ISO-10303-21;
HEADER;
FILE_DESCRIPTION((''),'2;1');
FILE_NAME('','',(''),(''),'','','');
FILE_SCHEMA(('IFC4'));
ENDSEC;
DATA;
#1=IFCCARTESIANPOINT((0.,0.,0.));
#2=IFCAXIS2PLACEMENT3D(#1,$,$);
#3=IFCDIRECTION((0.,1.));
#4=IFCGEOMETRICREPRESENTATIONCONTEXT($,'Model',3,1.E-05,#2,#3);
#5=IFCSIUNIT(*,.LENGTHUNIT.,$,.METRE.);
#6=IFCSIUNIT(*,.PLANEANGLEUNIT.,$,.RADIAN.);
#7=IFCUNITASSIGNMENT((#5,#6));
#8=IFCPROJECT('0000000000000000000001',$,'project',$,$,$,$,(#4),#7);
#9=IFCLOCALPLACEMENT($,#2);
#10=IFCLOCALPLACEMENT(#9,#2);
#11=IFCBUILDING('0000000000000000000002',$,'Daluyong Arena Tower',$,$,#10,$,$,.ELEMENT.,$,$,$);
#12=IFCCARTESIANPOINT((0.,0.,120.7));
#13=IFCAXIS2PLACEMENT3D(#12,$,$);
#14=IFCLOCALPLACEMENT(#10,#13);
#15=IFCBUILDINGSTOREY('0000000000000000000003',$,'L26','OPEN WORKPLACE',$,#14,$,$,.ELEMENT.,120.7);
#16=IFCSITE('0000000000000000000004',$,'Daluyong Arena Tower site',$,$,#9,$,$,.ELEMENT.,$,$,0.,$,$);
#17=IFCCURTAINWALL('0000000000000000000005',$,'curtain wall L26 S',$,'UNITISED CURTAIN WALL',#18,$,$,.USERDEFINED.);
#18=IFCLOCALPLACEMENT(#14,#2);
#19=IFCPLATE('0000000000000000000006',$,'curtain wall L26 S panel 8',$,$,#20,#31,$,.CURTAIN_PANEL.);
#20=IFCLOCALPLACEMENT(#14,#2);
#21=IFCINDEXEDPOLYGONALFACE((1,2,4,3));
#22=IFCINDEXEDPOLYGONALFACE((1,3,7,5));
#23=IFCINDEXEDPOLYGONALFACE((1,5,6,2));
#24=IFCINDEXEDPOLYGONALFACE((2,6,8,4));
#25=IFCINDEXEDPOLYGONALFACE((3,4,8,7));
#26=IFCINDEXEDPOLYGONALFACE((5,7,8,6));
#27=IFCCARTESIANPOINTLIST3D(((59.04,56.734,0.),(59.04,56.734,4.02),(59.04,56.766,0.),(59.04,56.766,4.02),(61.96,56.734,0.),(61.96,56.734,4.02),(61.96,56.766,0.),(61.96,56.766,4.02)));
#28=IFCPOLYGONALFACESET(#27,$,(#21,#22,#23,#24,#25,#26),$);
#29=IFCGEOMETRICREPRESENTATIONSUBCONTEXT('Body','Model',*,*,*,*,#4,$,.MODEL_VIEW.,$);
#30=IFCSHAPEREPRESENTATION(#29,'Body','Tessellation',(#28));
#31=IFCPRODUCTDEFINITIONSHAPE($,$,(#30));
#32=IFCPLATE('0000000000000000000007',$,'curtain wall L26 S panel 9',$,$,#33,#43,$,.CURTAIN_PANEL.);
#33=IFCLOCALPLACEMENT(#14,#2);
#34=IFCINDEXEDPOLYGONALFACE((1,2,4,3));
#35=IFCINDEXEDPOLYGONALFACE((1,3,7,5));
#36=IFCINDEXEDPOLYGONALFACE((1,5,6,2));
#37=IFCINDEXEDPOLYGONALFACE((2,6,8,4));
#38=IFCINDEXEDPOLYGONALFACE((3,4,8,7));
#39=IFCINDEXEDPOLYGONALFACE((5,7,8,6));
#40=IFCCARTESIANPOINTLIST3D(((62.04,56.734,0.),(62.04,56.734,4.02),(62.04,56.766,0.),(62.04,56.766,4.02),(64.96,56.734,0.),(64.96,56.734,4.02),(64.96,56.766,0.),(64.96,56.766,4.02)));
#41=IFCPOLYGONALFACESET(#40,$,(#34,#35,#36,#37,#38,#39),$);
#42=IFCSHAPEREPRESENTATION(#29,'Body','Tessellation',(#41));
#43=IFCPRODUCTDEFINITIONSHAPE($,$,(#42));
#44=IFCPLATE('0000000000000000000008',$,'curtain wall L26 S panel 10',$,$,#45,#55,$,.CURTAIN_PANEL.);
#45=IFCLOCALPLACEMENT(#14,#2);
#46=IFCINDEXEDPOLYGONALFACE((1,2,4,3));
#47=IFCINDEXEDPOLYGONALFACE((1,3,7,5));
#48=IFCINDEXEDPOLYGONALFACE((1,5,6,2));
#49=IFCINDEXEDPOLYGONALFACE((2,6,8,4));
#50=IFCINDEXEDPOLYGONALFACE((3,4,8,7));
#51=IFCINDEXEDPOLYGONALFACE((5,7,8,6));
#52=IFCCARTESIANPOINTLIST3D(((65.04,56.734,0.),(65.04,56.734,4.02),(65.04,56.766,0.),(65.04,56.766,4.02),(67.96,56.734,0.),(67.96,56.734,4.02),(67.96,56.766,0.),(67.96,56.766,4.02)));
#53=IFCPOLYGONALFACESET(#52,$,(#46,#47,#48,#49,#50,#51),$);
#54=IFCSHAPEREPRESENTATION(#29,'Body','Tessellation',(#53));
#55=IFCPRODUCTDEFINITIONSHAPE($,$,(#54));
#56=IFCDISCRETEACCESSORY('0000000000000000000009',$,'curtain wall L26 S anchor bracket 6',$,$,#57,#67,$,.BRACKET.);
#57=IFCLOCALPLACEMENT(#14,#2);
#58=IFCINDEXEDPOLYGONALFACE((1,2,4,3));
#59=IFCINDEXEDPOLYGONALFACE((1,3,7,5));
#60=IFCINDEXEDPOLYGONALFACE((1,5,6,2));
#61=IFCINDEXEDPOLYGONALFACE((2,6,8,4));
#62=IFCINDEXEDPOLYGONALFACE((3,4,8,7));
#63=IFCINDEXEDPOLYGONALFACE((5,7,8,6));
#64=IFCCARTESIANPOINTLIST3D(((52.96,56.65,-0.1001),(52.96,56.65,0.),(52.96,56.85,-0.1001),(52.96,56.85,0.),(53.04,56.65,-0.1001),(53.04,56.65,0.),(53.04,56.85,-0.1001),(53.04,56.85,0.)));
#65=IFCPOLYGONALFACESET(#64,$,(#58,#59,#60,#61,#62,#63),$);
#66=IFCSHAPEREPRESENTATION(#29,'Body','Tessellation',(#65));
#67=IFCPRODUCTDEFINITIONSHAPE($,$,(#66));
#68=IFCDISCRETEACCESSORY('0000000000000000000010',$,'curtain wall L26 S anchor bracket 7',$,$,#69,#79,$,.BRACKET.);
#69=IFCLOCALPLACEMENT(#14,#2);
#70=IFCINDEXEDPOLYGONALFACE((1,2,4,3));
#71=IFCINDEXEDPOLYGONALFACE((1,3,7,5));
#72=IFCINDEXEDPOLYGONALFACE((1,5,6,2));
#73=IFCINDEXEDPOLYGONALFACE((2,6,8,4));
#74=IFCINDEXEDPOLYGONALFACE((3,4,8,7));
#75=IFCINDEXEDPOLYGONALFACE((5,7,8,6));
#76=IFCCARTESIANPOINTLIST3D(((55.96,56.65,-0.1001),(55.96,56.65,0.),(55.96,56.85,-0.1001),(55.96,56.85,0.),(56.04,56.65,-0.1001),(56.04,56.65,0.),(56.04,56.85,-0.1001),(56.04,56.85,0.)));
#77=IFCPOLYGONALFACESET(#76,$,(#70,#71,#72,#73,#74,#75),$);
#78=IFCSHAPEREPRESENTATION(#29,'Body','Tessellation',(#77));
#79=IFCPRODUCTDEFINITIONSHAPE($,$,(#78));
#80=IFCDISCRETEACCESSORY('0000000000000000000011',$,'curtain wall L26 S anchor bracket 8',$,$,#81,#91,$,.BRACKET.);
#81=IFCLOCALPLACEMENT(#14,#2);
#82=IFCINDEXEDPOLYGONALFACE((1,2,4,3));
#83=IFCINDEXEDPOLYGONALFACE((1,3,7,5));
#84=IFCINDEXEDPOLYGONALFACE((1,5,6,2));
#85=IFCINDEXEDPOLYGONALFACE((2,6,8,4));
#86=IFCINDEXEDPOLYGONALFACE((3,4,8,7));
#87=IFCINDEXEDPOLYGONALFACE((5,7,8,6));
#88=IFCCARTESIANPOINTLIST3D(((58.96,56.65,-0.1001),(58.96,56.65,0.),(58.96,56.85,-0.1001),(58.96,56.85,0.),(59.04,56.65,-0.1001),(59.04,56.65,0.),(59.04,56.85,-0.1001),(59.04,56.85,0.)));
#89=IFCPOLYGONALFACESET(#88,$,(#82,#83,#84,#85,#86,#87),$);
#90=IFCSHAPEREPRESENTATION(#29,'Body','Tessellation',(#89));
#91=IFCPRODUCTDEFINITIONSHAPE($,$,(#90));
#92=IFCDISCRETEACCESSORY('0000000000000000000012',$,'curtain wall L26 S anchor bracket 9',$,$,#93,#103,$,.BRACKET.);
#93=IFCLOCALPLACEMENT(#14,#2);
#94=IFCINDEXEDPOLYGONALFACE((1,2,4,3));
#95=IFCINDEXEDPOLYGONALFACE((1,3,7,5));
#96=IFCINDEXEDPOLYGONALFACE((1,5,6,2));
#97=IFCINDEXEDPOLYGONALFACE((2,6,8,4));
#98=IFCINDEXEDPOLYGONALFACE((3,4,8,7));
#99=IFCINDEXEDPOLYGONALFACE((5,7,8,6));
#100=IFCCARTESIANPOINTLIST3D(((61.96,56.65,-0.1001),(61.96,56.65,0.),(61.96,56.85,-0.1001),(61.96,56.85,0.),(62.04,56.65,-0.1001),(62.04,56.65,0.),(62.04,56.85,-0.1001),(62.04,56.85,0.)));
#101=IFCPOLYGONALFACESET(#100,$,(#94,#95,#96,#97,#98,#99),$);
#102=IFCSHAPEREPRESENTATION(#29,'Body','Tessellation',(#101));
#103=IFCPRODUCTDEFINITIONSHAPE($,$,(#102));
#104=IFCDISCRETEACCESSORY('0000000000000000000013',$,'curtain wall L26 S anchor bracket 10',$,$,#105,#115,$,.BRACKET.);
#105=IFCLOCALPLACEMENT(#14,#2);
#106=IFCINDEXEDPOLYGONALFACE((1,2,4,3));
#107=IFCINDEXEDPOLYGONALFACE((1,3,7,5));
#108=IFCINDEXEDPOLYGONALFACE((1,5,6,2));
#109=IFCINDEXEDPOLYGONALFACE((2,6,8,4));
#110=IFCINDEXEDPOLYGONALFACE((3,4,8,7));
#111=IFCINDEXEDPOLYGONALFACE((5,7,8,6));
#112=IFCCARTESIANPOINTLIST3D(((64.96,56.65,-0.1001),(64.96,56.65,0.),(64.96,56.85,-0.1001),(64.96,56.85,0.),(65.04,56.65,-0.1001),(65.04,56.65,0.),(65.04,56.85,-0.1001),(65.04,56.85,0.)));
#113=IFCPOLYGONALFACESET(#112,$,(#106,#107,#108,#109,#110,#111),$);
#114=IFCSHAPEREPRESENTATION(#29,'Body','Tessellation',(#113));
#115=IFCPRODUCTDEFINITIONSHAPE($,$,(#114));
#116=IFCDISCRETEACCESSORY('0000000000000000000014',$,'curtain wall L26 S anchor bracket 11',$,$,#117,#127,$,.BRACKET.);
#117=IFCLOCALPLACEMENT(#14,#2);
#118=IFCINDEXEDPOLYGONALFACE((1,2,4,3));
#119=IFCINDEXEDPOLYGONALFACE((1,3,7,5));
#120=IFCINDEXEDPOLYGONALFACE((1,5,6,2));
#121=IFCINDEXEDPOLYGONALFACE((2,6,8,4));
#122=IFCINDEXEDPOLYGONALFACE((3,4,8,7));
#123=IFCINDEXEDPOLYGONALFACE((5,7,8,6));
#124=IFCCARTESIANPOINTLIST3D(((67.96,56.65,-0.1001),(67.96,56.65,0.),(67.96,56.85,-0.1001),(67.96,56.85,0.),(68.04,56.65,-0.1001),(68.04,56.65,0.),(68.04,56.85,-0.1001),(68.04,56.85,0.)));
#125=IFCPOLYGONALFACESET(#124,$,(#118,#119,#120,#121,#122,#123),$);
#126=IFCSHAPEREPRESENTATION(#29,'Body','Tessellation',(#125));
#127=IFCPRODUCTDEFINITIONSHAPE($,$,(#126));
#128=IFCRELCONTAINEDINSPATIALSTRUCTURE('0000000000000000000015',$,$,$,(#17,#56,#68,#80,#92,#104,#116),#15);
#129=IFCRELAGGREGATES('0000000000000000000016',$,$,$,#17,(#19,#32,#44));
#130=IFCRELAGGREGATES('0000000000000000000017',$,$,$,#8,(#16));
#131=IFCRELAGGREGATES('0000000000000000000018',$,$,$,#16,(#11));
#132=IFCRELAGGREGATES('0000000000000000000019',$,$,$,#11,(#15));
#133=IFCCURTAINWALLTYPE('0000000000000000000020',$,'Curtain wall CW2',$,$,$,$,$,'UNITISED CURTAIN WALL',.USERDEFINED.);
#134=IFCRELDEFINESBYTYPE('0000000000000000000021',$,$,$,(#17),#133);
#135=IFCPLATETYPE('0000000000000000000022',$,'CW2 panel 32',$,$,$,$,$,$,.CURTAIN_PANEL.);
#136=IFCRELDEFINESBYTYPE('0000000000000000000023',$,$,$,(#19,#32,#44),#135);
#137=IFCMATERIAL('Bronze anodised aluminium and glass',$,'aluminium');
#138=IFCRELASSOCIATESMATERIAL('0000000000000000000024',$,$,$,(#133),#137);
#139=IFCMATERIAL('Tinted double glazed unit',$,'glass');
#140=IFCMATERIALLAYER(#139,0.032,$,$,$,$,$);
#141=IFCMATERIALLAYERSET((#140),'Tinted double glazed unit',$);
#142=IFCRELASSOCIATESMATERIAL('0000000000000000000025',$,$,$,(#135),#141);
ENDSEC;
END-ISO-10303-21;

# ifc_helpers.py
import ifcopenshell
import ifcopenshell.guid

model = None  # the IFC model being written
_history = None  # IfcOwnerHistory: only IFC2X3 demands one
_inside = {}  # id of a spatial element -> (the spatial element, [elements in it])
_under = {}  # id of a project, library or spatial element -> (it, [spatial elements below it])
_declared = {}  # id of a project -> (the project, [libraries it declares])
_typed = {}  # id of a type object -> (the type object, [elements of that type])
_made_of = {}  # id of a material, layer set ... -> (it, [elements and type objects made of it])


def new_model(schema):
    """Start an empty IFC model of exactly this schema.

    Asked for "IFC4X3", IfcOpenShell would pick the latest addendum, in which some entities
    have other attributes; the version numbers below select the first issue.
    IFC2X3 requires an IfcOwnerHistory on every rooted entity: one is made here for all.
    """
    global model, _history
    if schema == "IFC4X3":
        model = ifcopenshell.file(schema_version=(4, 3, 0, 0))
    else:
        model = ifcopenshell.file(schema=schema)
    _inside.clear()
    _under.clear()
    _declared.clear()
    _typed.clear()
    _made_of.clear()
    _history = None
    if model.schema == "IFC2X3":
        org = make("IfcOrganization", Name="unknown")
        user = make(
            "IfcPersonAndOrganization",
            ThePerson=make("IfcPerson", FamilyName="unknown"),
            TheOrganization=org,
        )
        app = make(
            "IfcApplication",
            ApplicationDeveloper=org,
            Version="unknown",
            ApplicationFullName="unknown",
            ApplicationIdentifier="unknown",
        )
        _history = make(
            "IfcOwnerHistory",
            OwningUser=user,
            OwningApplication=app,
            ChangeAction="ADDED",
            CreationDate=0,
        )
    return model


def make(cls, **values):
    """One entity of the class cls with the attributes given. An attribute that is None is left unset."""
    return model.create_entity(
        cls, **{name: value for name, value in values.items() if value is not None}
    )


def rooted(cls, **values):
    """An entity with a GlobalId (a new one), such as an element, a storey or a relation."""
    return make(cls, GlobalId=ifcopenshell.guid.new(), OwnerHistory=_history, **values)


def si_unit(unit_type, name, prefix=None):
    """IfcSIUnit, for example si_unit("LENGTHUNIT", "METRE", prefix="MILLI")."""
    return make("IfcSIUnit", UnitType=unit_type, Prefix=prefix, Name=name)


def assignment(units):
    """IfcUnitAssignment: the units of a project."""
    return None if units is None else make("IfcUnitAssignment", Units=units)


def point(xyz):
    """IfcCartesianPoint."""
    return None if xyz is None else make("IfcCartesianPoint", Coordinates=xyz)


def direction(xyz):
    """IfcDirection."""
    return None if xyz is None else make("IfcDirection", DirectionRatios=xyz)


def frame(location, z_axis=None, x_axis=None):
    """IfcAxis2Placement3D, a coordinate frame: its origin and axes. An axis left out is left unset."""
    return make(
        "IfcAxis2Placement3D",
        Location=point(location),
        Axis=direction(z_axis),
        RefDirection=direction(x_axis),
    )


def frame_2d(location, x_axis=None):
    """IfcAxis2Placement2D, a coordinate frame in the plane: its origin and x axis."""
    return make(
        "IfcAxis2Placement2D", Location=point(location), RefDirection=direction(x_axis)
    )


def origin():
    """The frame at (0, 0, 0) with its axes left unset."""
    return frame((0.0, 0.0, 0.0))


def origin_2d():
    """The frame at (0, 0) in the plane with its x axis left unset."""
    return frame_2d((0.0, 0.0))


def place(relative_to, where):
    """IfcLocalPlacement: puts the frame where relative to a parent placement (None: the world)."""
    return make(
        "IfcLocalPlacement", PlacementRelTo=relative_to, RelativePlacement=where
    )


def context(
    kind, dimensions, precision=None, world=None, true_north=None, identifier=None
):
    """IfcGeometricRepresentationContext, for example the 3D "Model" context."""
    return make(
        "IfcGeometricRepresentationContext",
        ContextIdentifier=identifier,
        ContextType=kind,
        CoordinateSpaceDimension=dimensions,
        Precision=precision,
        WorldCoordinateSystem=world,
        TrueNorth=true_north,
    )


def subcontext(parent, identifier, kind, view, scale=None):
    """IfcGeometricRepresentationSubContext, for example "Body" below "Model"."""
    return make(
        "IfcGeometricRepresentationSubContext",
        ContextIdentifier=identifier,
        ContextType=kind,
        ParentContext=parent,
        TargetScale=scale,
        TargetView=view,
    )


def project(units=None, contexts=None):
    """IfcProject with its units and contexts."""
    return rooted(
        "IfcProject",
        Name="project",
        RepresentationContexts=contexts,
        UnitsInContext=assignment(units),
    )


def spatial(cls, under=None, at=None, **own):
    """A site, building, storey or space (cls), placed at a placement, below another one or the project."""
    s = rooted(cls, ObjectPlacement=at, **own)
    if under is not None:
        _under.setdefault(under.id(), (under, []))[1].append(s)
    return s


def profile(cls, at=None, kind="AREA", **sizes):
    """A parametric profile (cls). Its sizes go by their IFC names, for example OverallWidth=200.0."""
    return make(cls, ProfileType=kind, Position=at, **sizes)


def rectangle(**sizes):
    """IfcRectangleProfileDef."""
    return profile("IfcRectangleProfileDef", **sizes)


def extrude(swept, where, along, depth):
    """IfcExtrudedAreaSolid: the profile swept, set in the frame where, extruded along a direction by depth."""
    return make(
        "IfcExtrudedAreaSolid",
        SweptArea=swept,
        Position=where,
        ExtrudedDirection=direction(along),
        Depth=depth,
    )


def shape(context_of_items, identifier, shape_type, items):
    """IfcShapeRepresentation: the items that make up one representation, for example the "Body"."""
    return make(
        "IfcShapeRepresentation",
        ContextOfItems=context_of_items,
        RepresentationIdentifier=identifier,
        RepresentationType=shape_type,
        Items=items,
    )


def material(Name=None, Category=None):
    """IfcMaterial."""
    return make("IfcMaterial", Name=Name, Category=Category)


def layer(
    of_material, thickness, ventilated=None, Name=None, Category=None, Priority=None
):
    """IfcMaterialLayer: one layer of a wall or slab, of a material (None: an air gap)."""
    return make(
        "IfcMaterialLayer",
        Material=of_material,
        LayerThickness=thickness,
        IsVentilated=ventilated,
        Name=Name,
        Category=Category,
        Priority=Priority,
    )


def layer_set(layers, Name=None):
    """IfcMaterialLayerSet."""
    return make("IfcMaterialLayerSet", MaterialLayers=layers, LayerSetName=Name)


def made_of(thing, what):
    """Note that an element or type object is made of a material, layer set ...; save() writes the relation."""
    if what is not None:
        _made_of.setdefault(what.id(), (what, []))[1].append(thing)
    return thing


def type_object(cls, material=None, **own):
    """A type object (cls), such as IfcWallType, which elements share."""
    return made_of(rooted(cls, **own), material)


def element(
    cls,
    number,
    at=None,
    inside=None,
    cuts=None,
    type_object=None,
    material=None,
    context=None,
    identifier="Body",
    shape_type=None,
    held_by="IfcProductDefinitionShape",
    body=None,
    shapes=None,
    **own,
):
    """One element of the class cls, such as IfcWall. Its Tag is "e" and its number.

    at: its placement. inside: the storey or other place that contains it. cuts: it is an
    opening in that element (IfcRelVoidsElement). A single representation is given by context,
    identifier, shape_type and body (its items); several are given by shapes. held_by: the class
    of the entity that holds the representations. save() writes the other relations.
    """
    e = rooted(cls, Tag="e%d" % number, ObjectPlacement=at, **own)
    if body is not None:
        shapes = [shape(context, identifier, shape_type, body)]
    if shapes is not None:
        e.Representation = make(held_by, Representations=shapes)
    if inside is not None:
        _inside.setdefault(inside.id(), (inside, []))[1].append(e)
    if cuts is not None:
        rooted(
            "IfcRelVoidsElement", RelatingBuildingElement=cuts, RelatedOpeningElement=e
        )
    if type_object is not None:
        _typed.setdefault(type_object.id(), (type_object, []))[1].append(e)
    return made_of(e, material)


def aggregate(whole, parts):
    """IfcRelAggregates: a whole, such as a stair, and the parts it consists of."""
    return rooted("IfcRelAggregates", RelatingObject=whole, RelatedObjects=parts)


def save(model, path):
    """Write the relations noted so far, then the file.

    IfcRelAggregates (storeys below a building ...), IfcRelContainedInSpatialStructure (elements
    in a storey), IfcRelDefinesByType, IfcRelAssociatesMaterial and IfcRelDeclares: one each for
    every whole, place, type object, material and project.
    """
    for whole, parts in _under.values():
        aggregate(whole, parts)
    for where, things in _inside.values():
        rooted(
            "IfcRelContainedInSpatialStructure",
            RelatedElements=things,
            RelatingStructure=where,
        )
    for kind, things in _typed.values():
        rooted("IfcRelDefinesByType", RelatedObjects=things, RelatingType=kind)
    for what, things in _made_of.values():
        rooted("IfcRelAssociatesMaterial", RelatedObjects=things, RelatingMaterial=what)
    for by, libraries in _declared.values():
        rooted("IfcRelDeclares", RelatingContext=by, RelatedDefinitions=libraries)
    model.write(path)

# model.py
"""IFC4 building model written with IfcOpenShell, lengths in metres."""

from ifc_helpers import new_model, si_unit, direction, frame, origin, origin_2d, place, context, subcontext, project, spatial, rectangle, extrude, material, layer, layer_set, type_object, element, aggregate, save


model = new_model("IFC4")

# Units and contexts
model_context = context("Model", 3, precision=1e-05, world=origin(), true_north=direction((0.0, 1.0)))
body_context = subcontext(model_context, "Body", "Model", "MODEL_VIEW")
ifc_project = project(units=[si_unit("LENGTHUNIT", "METRE"), si_unit("PLANEANGLEUNIT", "RADIAN")], contexts=[model_context])

# Site, building, storey
site_placement = place(None, origin())
site = spatial("IfcSite", under=ifc_project, at=site_placement, Name="Daluyong Arena Tower site", CompositionType="ELEMENT", RefElevation=0.0)
building_placement = place(site_placement, origin())
building = spatial("IfcBuilding", under=site, at=building_placement, Name="Daluyong Arena Tower", CompositionType="ELEMENT")
storey_placement = place(building_placement, frame((0.0, 0.0, 120.7)))
storey = spatial("IfcBuildingStorey", under=building, at=storey_placement, Name="L26", Description="OPEN WORKPLACE", CompositionType="ELEMENT", Elevation=120.7)

# Curtain wall
ifc_material_1 = material(Name="Bronze anodised aluminium and glass", Category="aluminium")
curtain_wall_type = type_object("IfcCurtainWallType", Name="Curtain wall CW2", ElementType="UNITISED CURTAIN WALL", PredefinedType="USERDEFINED", material=ifc_material_1)
curtain_wall_placement = place(storey_placement, origin())
curtain_wall = element("IfcCurtainWall", 1, at=curtain_wall_placement, inside=storey, type_object=curtain_wall_type, Name="curtain wall L26 S", ObjectType="UNITISED CURTAIN WALL", PredefinedType="USERDEFINED")

# Plates
ifc_material_2 = material(Name="Tinted double glazed unit", Category="glass")
ifc_layer = layer(ifc_material_2, 0.032)
ifc_layer_set = layer_set([ifc_layer], Name="Tinted double glazed unit")
plate_type = type_object("IfcPlateType", Name="CW2 panel 32", PredefinedType="CURTAIN_PANEL", material=ifc_layer_set)
plate_1_placement = place(storey_placement, frame((60.5, 56.75, 0.0), z_axis=(0.0, 0.0, 1.0), x_axis=(1.0, 0.0, 0.0)))
plate_1 = element("IfcPlate", 2, at=plate_1_placement, type_object=plate_type, Name="curtain wall L26 S panel 8", PredefinedType="CURTAIN_PANEL", context=body_context, shape_type="SweptSolid", body=[
    extrude(rectangle(XDim=2.9199, YDim=0.032, at=origin_2d()), origin(), (0.0, 0.0, 1.0), 4.02),
])
plate_2_placement = place(storey_placement, frame((63.5, 56.75, 0.0), z_axis=(0.0, 0.0, 1.0), x_axis=(1.0, 0.0, 0.0)))
plate_2 = element("IfcPlate", 3, at=plate_2_placement, type_object=plate_type, Name="curtain wall L26 S panel 9", PredefinedType="CURTAIN_PANEL", context=body_context, shape_type="SweptSolid", body=[
    extrude(rectangle(XDim=2.9199, YDim=0.032, at=origin_2d()), origin(), (0.0, 0.0, 1.0), 4.02),
])
plate_3_placement = place(storey_placement, frame((66.5, 56.75, 0.0), z_axis=(0.0, 0.0, 1.0), x_axis=(1.0, 0.0, 0.0)))
plate_3 = element("IfcPlate", 4, at=plate_3_placement, type_object=plate_type, Name="curtain wall L26 S panel 10", PredefinedType="CURTAIN_PANEL", context=body_context, shape_type="SweptSolid", body=[
    extrude(rectangle(XDim=2.9199, YDim=0.032, at=origin_2d()), origin(), (0.0, 0.0, 1.0), 4.02),
])
aggregate(curtain_wall, [plate_1, plate_2, plate_3])

# Discrete accessories
for number, where, z_axis, x_axis, name in (
    (5, (53.0, 56.75, -0.1001), (0.0, 0.0, 1.0), (1.0, 0.0, 0.0), "curtain wall L26 S anchor bracket 6"),
    (6, (56.0, 56.75, -0.1001), (0.0, 0.0, 1.0), (1.0, 0.0, 0.0), "curtain wall L26 S anchor bracket 7"),
    (7, (59.0, 56.75, -0.1001), (0.0, 0.0, 1.0), (1.0, 0.0, 0.0), "curtain wall L26 S anchor bracket 8"),
    (8, (62.0, 56.75, -0.1001), (0.0, 0.0, 1.0), (1.0, 0.0, 0.0), "curtain wall L26 S anchor bracket 9"),
    (9, (65.0, 56.75, -0.1001), (0.0, 0.0, 1.0), (1.0, 0.0, 0.0), "curtain wall L26 S anchor bracket 10"),
    (10, (68.0, 56.75, -0.1001), (0.0, 0.0, 1.0), (1.0, 0.0, 0.0), "curtain wall L26 S anchor bracket 11"),
):
    element("IfcDiscreteAccessory", number, at=place(storey_placement, frame(where, z_axis=z_axis, x_axis=x_axis)), inside=storey, Name=name, PredefinedType="BRACKET", context=body_context, shape_type="SweptSolid", body=[
        extrude(rectangle(XDim=0.0801, YDim=0.2, at=origin_2d()), origin(), (0.0, 0.0, 1.0), 0.1001),
    ])

save(model, "model.ifc")
